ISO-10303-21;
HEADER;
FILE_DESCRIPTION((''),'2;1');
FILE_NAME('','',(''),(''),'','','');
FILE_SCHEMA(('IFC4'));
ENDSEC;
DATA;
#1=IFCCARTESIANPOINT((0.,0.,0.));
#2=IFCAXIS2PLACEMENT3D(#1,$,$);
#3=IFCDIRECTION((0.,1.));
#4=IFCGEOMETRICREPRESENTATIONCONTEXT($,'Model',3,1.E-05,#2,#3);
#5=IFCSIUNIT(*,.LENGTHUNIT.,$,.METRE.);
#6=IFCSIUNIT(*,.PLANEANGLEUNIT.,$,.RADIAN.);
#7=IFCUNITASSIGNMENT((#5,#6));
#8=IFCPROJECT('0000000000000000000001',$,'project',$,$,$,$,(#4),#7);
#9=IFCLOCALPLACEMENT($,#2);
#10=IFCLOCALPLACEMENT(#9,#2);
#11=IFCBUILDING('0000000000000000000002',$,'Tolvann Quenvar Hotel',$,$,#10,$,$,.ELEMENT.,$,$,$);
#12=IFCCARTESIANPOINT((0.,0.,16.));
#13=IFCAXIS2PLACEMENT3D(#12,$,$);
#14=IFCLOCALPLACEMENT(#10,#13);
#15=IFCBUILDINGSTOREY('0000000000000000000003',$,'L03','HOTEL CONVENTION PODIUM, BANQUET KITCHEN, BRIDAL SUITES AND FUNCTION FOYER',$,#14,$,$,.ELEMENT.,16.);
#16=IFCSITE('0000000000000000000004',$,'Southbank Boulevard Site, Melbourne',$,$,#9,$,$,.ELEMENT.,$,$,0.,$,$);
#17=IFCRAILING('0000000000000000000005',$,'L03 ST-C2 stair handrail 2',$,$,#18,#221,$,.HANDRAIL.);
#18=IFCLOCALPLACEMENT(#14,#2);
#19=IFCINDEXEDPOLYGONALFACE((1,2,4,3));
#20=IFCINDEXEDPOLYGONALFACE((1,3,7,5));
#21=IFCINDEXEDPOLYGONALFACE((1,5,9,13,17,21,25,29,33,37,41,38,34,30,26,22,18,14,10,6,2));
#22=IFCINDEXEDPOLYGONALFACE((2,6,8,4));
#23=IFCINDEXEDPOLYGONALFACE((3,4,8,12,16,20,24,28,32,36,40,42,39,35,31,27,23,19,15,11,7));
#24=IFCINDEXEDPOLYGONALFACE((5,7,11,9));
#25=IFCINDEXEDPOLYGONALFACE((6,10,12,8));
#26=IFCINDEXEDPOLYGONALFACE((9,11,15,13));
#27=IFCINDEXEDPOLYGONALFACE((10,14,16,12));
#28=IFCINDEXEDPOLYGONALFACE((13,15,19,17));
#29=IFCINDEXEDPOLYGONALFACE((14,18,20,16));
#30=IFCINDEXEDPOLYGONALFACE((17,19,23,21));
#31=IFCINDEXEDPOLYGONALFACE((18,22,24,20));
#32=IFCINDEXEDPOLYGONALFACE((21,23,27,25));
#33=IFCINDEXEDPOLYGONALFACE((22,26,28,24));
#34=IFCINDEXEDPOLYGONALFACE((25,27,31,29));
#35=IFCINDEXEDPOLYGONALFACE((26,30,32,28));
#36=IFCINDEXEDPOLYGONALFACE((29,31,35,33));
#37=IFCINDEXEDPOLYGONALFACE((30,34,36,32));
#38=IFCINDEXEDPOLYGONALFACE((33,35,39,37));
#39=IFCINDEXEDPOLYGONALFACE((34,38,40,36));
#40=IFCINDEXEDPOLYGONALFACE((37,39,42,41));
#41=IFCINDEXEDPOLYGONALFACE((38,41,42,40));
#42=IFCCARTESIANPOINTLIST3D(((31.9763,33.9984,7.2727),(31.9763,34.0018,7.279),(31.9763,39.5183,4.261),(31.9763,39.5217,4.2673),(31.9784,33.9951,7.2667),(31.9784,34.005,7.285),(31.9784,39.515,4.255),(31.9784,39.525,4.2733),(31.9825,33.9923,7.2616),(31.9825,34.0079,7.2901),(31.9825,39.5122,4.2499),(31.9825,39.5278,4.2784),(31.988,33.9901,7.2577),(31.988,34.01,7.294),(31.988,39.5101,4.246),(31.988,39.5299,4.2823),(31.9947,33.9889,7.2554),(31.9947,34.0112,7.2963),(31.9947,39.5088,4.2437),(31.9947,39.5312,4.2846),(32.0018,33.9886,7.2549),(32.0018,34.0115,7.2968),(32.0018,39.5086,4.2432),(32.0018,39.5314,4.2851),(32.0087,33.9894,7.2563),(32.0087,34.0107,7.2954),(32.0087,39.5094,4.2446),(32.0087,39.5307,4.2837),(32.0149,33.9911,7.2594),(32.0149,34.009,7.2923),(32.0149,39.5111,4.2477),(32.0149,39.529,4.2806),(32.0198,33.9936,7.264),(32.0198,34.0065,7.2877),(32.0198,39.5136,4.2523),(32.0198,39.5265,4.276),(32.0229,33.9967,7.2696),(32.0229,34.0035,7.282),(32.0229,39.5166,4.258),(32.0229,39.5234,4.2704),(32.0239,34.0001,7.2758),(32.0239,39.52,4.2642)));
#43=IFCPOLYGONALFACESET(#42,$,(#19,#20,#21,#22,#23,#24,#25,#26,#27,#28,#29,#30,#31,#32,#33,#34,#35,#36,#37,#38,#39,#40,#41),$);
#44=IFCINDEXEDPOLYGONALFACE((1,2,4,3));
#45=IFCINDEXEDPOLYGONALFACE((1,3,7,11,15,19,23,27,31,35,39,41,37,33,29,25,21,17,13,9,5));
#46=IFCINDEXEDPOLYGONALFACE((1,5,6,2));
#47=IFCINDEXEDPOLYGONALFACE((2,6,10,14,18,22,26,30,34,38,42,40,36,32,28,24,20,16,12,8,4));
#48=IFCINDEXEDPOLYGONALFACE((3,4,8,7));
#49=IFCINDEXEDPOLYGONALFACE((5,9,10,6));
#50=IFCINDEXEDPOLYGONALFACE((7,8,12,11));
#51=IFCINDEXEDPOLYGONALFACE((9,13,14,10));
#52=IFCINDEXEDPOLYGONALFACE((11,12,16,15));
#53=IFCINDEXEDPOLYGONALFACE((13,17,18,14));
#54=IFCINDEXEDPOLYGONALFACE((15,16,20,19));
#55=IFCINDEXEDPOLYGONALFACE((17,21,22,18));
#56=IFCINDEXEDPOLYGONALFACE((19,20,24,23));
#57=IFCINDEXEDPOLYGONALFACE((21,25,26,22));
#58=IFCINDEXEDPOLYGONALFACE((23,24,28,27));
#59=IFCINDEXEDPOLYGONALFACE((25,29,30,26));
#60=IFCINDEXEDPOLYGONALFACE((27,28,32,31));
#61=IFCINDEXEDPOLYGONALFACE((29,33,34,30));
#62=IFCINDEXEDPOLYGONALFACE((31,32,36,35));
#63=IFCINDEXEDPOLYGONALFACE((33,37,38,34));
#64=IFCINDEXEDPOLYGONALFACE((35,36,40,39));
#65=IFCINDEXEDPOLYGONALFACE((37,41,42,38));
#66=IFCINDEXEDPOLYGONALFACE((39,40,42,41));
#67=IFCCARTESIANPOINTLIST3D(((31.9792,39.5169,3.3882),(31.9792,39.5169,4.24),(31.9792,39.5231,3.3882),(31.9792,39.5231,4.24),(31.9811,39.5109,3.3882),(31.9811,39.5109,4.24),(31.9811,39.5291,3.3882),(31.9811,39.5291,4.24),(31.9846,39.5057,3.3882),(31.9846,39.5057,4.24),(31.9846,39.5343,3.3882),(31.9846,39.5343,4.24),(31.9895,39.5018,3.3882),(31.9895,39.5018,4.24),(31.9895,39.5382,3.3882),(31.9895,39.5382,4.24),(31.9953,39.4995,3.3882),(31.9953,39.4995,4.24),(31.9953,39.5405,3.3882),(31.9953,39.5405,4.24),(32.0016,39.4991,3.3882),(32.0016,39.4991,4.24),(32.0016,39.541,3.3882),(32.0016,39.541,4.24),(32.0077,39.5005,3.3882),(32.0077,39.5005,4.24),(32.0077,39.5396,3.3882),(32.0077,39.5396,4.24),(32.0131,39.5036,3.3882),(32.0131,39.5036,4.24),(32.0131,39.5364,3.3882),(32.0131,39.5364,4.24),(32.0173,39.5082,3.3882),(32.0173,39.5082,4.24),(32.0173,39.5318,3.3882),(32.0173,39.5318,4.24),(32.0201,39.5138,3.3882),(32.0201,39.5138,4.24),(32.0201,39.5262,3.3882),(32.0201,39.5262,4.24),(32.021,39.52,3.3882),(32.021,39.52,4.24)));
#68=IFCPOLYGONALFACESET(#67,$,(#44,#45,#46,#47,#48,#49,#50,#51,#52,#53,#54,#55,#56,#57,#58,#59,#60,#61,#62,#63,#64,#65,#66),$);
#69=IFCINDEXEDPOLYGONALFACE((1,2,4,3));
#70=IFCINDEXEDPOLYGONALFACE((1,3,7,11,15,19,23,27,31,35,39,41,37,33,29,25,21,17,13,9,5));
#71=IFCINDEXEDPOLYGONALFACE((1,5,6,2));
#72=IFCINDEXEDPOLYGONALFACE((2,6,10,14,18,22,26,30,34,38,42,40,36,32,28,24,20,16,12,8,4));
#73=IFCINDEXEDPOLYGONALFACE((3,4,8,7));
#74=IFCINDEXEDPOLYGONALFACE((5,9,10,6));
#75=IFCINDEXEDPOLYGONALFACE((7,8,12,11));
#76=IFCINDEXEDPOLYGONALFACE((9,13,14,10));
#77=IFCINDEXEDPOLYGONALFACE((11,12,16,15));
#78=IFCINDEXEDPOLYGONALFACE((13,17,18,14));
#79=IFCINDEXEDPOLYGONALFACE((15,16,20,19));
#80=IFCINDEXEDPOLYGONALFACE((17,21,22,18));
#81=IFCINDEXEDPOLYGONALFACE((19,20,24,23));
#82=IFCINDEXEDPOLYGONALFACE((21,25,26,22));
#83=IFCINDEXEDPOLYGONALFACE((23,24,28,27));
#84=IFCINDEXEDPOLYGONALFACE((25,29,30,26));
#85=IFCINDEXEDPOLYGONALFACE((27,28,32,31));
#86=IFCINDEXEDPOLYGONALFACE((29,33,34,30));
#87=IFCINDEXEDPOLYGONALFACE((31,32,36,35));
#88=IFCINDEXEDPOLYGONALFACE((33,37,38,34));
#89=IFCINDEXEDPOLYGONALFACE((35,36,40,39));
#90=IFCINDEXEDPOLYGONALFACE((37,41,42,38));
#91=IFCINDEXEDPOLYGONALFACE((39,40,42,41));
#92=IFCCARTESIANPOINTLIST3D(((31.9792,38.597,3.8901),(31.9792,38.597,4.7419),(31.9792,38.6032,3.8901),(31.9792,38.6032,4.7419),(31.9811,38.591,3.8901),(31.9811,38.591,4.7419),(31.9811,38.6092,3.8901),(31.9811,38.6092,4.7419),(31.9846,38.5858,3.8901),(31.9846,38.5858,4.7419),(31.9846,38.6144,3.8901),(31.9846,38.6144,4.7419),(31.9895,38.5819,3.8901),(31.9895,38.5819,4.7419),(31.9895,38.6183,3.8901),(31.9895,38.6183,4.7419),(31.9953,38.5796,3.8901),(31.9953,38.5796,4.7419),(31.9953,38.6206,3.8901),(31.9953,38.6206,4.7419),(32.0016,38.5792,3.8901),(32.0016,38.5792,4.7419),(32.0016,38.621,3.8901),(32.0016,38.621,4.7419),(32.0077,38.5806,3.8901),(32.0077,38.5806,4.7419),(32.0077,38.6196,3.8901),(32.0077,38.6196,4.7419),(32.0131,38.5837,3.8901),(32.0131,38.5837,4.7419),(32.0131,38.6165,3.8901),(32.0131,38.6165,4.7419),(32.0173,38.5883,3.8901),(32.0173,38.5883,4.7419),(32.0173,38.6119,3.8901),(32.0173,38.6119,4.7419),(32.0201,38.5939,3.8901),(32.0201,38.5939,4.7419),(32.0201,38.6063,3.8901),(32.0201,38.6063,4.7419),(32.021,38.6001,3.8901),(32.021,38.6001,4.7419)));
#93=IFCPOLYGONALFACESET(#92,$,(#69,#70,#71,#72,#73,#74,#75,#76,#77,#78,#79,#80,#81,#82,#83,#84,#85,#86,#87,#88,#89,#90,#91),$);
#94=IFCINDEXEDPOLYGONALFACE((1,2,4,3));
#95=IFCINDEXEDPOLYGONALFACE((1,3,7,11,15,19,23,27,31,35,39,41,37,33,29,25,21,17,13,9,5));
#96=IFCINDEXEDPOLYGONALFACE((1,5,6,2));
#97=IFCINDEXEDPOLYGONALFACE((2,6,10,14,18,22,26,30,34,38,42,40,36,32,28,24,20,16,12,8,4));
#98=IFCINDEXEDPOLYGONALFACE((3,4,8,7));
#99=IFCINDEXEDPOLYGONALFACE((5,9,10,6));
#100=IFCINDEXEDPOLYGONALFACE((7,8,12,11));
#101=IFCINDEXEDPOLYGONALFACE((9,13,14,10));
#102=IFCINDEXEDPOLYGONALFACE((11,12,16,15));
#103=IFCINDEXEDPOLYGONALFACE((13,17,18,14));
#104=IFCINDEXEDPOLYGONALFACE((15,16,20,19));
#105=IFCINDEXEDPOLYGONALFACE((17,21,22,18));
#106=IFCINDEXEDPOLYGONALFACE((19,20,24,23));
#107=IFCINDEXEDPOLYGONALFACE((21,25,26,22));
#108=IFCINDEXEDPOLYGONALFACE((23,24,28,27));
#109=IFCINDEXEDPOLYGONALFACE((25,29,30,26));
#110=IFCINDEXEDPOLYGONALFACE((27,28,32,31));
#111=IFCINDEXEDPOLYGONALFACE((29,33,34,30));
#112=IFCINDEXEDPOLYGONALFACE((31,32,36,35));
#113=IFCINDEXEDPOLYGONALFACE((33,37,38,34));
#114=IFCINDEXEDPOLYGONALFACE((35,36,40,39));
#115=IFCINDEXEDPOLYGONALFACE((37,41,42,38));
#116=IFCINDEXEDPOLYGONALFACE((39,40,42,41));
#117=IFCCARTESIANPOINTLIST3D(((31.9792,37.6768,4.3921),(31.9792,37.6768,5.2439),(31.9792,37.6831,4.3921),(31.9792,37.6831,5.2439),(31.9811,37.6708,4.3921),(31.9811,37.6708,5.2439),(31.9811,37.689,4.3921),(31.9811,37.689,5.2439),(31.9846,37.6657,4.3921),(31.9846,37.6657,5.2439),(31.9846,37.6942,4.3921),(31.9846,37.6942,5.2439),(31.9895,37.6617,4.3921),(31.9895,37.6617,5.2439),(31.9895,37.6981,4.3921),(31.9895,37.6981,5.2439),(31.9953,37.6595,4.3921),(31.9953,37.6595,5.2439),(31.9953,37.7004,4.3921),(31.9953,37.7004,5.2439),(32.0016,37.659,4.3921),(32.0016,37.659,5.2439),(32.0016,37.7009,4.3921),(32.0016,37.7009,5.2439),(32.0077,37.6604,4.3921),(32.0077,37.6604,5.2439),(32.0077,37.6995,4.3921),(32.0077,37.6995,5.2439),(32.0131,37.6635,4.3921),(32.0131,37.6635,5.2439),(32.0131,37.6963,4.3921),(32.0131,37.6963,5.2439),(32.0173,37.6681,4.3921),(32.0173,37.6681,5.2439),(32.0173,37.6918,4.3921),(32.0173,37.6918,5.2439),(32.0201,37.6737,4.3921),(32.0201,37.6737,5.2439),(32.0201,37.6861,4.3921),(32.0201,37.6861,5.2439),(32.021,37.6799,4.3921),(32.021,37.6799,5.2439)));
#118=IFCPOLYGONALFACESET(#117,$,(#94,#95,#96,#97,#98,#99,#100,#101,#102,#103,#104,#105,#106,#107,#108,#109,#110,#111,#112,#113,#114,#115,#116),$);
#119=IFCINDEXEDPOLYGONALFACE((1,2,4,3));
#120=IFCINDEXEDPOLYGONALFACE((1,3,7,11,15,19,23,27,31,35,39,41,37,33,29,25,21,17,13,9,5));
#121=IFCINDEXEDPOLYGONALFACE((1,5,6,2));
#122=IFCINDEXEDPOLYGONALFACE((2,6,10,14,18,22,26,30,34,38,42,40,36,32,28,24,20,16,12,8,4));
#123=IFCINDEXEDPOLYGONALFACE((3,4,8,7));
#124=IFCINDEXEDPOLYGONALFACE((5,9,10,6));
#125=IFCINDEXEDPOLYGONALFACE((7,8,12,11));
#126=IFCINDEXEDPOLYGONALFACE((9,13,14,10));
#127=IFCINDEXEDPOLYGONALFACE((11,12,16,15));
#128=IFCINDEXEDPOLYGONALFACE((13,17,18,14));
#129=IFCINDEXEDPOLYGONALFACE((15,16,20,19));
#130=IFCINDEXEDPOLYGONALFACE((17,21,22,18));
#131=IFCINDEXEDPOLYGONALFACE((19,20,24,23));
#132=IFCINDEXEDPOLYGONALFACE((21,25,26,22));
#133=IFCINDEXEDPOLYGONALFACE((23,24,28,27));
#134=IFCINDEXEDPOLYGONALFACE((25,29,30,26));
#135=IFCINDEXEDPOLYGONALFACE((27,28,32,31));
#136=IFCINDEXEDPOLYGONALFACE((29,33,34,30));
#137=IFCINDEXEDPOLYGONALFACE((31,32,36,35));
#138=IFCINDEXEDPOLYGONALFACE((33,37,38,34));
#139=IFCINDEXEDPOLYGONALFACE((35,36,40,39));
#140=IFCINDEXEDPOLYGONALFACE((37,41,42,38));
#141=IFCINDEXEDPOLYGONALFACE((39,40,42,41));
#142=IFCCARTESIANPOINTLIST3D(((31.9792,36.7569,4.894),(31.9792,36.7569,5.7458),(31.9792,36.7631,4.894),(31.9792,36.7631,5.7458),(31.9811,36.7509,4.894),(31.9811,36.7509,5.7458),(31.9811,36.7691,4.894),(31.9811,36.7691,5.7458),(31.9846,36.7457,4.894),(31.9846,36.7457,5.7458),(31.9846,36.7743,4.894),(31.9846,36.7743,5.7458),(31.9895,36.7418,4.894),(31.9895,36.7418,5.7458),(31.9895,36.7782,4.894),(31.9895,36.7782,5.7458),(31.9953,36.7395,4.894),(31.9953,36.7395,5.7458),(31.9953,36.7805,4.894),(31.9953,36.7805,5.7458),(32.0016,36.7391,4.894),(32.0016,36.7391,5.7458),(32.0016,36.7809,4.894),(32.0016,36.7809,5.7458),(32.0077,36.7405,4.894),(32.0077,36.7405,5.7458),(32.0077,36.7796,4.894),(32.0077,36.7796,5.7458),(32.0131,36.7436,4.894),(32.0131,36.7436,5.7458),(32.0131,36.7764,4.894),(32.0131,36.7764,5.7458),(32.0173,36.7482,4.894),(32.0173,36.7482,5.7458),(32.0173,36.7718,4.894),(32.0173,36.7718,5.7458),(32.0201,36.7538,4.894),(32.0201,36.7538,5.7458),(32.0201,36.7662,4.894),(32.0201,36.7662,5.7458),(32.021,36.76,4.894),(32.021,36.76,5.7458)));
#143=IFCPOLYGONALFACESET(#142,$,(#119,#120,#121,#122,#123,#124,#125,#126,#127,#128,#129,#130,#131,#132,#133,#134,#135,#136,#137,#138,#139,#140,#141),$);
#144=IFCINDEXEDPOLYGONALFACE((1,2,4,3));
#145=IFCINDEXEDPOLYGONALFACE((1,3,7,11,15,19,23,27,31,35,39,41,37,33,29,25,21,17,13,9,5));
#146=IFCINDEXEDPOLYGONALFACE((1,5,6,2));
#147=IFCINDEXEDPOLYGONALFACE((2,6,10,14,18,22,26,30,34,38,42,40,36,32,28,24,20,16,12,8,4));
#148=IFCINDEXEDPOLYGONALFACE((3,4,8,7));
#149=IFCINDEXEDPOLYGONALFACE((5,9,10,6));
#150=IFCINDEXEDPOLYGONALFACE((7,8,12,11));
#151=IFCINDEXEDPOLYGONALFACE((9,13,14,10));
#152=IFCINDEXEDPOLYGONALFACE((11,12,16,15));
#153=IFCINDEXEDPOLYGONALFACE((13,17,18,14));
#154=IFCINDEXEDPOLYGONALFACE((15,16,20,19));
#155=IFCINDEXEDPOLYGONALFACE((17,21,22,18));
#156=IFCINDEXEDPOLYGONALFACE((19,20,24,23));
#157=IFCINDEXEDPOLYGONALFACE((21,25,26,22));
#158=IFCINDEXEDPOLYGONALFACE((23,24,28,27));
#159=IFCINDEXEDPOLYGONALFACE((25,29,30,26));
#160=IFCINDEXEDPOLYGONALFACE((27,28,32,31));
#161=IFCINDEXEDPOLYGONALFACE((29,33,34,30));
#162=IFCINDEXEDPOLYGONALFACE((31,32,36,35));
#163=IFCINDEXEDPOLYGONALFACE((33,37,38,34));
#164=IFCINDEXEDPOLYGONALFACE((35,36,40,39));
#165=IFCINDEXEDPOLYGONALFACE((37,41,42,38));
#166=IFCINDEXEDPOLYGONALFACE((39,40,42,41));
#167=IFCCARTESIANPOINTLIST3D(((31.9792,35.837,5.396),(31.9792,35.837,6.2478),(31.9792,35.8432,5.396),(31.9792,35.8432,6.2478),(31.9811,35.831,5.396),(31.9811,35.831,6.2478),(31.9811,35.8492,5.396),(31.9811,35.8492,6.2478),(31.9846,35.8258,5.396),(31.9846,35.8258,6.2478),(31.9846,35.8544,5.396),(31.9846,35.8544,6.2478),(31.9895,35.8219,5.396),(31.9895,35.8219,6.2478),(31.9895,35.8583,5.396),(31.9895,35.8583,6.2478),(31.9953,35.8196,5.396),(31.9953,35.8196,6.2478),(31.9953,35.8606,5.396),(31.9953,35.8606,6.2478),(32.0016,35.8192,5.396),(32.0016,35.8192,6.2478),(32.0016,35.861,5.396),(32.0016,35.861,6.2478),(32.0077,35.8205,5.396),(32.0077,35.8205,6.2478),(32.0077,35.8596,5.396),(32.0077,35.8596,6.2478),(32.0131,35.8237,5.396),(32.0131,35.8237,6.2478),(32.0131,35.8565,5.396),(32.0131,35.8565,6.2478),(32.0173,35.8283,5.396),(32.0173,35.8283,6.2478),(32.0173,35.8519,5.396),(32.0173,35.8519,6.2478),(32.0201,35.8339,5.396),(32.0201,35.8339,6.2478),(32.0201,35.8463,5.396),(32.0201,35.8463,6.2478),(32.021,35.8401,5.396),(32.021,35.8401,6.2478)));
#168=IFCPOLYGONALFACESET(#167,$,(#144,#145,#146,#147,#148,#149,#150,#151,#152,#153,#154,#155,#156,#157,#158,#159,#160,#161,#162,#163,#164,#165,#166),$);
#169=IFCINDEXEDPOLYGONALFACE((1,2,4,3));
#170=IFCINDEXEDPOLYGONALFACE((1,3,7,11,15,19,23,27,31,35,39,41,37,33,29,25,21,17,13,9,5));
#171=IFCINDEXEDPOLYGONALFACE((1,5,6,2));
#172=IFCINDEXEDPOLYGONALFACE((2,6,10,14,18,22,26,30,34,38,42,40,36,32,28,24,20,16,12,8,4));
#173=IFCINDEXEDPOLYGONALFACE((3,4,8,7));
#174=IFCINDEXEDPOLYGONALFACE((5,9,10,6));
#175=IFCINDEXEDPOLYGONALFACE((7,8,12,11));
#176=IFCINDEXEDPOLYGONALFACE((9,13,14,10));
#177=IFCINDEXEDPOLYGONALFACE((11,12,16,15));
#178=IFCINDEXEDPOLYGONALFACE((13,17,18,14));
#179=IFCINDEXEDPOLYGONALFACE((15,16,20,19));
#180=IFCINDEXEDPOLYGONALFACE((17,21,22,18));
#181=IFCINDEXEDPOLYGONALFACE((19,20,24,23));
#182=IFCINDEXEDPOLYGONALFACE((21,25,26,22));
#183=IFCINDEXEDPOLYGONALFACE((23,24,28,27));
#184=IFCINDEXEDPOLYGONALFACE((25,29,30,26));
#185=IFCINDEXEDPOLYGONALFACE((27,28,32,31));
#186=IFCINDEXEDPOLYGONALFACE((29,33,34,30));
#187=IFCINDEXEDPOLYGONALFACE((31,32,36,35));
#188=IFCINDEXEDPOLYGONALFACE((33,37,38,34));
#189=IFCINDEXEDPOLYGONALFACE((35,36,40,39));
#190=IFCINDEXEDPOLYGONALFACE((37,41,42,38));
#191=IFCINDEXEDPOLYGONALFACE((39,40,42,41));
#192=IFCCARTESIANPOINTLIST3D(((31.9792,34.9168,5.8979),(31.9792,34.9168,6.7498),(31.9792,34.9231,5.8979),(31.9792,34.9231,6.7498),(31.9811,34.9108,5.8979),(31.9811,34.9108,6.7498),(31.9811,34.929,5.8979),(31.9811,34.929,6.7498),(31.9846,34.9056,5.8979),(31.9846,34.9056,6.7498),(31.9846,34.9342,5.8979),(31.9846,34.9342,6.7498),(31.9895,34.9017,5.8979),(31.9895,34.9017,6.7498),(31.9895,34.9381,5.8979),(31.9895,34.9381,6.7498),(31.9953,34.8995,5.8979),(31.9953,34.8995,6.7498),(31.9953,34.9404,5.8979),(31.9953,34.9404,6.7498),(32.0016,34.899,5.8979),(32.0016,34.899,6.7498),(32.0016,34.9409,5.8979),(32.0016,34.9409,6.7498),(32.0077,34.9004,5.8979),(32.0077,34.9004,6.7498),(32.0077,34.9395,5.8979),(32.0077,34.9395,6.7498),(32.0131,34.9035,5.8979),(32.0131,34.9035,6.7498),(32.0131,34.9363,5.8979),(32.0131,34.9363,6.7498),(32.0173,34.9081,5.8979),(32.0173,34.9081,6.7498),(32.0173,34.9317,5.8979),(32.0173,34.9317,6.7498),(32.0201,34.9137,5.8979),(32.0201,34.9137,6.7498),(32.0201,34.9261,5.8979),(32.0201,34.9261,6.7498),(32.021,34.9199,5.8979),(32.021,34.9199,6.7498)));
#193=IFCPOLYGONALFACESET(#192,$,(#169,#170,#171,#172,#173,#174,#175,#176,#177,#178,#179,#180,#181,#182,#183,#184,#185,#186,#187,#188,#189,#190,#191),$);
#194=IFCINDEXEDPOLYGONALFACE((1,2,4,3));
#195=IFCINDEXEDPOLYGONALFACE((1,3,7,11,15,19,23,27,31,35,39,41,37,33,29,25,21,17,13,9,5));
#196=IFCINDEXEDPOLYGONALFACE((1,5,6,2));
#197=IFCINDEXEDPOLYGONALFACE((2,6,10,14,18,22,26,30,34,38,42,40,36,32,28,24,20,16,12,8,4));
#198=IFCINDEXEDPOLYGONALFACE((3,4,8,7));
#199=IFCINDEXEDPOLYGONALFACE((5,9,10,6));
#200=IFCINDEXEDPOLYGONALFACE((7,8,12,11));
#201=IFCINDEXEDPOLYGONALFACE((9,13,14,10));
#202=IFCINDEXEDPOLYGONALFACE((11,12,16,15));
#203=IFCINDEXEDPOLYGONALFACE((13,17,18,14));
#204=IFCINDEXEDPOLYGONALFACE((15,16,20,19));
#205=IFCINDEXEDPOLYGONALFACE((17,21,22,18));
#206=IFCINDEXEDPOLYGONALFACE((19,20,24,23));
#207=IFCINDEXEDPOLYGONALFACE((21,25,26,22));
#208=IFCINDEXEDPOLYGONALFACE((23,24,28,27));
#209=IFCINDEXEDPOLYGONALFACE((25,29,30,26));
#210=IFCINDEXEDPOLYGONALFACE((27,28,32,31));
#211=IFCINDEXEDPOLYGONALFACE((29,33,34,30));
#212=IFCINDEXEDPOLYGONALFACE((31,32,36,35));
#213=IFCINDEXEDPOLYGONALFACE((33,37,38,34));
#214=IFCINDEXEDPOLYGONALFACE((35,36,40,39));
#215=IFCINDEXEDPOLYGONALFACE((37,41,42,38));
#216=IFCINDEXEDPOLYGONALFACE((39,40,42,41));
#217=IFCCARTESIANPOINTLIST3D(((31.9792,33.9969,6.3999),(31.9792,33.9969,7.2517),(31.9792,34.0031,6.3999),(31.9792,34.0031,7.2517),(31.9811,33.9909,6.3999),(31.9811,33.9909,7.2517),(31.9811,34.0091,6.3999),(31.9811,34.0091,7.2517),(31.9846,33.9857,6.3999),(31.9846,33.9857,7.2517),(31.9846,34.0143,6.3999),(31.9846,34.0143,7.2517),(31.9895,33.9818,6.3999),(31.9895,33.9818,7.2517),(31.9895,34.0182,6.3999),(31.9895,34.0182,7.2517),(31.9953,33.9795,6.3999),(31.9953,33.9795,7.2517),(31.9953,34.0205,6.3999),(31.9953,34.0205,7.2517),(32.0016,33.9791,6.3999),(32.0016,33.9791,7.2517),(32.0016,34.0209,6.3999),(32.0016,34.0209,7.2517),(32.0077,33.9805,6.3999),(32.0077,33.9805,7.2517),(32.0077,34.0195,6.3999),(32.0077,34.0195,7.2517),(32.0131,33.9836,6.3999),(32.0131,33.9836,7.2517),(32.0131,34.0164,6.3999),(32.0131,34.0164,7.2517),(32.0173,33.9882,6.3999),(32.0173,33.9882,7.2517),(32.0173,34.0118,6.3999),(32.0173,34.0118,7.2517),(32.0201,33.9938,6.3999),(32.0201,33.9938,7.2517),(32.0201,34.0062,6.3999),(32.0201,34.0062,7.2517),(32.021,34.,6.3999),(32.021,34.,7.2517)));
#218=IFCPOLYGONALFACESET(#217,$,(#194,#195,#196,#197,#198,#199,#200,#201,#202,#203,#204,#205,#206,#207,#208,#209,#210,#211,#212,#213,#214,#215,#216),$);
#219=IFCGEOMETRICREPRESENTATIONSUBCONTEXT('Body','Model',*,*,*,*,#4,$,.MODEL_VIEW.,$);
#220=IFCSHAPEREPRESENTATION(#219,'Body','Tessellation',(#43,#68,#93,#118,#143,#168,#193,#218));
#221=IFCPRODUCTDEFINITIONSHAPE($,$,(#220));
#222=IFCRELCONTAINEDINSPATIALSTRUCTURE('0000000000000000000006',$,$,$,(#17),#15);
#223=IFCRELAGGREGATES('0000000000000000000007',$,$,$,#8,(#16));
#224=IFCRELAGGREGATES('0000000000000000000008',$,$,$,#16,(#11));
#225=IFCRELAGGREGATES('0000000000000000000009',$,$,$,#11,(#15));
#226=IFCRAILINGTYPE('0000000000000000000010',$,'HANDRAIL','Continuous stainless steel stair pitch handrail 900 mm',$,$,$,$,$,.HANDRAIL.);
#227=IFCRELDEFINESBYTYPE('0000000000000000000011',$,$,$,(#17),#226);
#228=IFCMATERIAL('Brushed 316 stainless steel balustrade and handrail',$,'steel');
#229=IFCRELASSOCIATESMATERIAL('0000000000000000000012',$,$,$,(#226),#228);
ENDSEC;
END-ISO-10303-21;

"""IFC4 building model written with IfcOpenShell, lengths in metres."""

from ifc_helpers import new_model, si_unit, direction, frame, origin, origin_2d, place, context, subcontext, project, spatial, circle, extrude, material, type_object, element, save


model = new_model("IFC4")

# Units and contexts
model_context = context("Model", 3, precision=1e-05, world=origin(), true_north=direction((0.0, 1.0)))
body_context = subcontext(model_context, "Body", "Model", "MODEL_VIEW")
ifc_project = project(units=[si_unit("LENGTHUNIT", "METRE"), si_unit("PLANEANGLEUNIT", "RADIAN")], contexts=[model_context])

# Site, building, storey
site_placement = place(None, origin())
site = spatial("IfcSite", under=ifc_project, at=site_placement, Name="Southbank Boulevard Site, Melbourne", CompositionType="ELEMENT", RefElevation=0.0)
building_placement = place(site_placement, origin())
building = spatial("IfcBuilding", under=site, at=building_placement, Name="Tolvann Quenvar Hotel", CompositionType="ELEMENT")
storey_placement = place(building_placement, frame((0.0, 0.0, 16.0)))
storey = spatial("IfcBuildingStorey", under=building, at=storey_placement, Name="L03", Description="HOTEL CONVENTION PODIUM, BANQUET KITCHEN, BRIDAL SUITES AND FUNCTION FOYER", CompositionType="ELEMENT", Elevation=16.0)

# Railing
ifc_material_1 = material(Name="Brushed 316 stainless steel balustrade and handrail", Category="steel")
railing_type_1 = type_object("IfcRailingType", Name="HANDRAIL", Description="Continuous stainless steel stair pitch handrail 900 mm", PredefinedType="HANDRAIL", material=ifc_material_1)
railing_1_placement = place(storey_placement, frame((32.0, 39.52, 3.3882)))
element("IfcRailing", 1, at=railing_1_placement, inside=storey, type_object=railing_type_1, Name="L03 ST-C2 stair handrail 2", PredefinedType="HANDRAIL", context=body_context, shape_type="SweptSolid", body=[
    extrude(circle(Radius=0.0239, at=origin_2d()), frame((0.0, 0.0, 0.876), z_axis=(0.0, -0.877842, 0.47895), x_axis=(1.0, 0.0, 0.0)), (0.0, 0.0, 1.0), 6.2881),
    extrude(circle(Radius=0.021, at=origin_2d()), origin(), (0.0, 0.0, 1.0), 0.8518),
    extrude(circle(Radius=0.021, at=origin_2d()), frame((0.0, -0.9199, 0.502)), (0.0, 0.0, 1.0), 0.8518),
    extrude(circle(Radius=0.021, at=origin_2d()), frame((0.0, -1.8401, 1.0039)), (0.0, 0.0, 1.0), 0.8518),
    extrude(circle(Radius=0.021, at=origin_2d()), frame((0.0, -2.76, 1.5059)), (0.0, 0.0, 1.0), 0.8518),
    extrude(circle(Radius=0.021, at=origin_2d()), frame((0.0, -3.6799, 2.0078)), (0.0, 0.0, 1.0), 0.8518),
    extrude(circle(Radius=0.021, at=origin_2d()), frame((0.0, -4.6001, 2.5098)), (0.0, 0.0, 1.0), 0.8518),
    extrude(circle(Radius=0.021, at=origin_2d()), frame((0.0, -5.52, 3.0117)), (0.0, 0.0, 1.0), 0.8518),
])

save(model, "model.ifc")
